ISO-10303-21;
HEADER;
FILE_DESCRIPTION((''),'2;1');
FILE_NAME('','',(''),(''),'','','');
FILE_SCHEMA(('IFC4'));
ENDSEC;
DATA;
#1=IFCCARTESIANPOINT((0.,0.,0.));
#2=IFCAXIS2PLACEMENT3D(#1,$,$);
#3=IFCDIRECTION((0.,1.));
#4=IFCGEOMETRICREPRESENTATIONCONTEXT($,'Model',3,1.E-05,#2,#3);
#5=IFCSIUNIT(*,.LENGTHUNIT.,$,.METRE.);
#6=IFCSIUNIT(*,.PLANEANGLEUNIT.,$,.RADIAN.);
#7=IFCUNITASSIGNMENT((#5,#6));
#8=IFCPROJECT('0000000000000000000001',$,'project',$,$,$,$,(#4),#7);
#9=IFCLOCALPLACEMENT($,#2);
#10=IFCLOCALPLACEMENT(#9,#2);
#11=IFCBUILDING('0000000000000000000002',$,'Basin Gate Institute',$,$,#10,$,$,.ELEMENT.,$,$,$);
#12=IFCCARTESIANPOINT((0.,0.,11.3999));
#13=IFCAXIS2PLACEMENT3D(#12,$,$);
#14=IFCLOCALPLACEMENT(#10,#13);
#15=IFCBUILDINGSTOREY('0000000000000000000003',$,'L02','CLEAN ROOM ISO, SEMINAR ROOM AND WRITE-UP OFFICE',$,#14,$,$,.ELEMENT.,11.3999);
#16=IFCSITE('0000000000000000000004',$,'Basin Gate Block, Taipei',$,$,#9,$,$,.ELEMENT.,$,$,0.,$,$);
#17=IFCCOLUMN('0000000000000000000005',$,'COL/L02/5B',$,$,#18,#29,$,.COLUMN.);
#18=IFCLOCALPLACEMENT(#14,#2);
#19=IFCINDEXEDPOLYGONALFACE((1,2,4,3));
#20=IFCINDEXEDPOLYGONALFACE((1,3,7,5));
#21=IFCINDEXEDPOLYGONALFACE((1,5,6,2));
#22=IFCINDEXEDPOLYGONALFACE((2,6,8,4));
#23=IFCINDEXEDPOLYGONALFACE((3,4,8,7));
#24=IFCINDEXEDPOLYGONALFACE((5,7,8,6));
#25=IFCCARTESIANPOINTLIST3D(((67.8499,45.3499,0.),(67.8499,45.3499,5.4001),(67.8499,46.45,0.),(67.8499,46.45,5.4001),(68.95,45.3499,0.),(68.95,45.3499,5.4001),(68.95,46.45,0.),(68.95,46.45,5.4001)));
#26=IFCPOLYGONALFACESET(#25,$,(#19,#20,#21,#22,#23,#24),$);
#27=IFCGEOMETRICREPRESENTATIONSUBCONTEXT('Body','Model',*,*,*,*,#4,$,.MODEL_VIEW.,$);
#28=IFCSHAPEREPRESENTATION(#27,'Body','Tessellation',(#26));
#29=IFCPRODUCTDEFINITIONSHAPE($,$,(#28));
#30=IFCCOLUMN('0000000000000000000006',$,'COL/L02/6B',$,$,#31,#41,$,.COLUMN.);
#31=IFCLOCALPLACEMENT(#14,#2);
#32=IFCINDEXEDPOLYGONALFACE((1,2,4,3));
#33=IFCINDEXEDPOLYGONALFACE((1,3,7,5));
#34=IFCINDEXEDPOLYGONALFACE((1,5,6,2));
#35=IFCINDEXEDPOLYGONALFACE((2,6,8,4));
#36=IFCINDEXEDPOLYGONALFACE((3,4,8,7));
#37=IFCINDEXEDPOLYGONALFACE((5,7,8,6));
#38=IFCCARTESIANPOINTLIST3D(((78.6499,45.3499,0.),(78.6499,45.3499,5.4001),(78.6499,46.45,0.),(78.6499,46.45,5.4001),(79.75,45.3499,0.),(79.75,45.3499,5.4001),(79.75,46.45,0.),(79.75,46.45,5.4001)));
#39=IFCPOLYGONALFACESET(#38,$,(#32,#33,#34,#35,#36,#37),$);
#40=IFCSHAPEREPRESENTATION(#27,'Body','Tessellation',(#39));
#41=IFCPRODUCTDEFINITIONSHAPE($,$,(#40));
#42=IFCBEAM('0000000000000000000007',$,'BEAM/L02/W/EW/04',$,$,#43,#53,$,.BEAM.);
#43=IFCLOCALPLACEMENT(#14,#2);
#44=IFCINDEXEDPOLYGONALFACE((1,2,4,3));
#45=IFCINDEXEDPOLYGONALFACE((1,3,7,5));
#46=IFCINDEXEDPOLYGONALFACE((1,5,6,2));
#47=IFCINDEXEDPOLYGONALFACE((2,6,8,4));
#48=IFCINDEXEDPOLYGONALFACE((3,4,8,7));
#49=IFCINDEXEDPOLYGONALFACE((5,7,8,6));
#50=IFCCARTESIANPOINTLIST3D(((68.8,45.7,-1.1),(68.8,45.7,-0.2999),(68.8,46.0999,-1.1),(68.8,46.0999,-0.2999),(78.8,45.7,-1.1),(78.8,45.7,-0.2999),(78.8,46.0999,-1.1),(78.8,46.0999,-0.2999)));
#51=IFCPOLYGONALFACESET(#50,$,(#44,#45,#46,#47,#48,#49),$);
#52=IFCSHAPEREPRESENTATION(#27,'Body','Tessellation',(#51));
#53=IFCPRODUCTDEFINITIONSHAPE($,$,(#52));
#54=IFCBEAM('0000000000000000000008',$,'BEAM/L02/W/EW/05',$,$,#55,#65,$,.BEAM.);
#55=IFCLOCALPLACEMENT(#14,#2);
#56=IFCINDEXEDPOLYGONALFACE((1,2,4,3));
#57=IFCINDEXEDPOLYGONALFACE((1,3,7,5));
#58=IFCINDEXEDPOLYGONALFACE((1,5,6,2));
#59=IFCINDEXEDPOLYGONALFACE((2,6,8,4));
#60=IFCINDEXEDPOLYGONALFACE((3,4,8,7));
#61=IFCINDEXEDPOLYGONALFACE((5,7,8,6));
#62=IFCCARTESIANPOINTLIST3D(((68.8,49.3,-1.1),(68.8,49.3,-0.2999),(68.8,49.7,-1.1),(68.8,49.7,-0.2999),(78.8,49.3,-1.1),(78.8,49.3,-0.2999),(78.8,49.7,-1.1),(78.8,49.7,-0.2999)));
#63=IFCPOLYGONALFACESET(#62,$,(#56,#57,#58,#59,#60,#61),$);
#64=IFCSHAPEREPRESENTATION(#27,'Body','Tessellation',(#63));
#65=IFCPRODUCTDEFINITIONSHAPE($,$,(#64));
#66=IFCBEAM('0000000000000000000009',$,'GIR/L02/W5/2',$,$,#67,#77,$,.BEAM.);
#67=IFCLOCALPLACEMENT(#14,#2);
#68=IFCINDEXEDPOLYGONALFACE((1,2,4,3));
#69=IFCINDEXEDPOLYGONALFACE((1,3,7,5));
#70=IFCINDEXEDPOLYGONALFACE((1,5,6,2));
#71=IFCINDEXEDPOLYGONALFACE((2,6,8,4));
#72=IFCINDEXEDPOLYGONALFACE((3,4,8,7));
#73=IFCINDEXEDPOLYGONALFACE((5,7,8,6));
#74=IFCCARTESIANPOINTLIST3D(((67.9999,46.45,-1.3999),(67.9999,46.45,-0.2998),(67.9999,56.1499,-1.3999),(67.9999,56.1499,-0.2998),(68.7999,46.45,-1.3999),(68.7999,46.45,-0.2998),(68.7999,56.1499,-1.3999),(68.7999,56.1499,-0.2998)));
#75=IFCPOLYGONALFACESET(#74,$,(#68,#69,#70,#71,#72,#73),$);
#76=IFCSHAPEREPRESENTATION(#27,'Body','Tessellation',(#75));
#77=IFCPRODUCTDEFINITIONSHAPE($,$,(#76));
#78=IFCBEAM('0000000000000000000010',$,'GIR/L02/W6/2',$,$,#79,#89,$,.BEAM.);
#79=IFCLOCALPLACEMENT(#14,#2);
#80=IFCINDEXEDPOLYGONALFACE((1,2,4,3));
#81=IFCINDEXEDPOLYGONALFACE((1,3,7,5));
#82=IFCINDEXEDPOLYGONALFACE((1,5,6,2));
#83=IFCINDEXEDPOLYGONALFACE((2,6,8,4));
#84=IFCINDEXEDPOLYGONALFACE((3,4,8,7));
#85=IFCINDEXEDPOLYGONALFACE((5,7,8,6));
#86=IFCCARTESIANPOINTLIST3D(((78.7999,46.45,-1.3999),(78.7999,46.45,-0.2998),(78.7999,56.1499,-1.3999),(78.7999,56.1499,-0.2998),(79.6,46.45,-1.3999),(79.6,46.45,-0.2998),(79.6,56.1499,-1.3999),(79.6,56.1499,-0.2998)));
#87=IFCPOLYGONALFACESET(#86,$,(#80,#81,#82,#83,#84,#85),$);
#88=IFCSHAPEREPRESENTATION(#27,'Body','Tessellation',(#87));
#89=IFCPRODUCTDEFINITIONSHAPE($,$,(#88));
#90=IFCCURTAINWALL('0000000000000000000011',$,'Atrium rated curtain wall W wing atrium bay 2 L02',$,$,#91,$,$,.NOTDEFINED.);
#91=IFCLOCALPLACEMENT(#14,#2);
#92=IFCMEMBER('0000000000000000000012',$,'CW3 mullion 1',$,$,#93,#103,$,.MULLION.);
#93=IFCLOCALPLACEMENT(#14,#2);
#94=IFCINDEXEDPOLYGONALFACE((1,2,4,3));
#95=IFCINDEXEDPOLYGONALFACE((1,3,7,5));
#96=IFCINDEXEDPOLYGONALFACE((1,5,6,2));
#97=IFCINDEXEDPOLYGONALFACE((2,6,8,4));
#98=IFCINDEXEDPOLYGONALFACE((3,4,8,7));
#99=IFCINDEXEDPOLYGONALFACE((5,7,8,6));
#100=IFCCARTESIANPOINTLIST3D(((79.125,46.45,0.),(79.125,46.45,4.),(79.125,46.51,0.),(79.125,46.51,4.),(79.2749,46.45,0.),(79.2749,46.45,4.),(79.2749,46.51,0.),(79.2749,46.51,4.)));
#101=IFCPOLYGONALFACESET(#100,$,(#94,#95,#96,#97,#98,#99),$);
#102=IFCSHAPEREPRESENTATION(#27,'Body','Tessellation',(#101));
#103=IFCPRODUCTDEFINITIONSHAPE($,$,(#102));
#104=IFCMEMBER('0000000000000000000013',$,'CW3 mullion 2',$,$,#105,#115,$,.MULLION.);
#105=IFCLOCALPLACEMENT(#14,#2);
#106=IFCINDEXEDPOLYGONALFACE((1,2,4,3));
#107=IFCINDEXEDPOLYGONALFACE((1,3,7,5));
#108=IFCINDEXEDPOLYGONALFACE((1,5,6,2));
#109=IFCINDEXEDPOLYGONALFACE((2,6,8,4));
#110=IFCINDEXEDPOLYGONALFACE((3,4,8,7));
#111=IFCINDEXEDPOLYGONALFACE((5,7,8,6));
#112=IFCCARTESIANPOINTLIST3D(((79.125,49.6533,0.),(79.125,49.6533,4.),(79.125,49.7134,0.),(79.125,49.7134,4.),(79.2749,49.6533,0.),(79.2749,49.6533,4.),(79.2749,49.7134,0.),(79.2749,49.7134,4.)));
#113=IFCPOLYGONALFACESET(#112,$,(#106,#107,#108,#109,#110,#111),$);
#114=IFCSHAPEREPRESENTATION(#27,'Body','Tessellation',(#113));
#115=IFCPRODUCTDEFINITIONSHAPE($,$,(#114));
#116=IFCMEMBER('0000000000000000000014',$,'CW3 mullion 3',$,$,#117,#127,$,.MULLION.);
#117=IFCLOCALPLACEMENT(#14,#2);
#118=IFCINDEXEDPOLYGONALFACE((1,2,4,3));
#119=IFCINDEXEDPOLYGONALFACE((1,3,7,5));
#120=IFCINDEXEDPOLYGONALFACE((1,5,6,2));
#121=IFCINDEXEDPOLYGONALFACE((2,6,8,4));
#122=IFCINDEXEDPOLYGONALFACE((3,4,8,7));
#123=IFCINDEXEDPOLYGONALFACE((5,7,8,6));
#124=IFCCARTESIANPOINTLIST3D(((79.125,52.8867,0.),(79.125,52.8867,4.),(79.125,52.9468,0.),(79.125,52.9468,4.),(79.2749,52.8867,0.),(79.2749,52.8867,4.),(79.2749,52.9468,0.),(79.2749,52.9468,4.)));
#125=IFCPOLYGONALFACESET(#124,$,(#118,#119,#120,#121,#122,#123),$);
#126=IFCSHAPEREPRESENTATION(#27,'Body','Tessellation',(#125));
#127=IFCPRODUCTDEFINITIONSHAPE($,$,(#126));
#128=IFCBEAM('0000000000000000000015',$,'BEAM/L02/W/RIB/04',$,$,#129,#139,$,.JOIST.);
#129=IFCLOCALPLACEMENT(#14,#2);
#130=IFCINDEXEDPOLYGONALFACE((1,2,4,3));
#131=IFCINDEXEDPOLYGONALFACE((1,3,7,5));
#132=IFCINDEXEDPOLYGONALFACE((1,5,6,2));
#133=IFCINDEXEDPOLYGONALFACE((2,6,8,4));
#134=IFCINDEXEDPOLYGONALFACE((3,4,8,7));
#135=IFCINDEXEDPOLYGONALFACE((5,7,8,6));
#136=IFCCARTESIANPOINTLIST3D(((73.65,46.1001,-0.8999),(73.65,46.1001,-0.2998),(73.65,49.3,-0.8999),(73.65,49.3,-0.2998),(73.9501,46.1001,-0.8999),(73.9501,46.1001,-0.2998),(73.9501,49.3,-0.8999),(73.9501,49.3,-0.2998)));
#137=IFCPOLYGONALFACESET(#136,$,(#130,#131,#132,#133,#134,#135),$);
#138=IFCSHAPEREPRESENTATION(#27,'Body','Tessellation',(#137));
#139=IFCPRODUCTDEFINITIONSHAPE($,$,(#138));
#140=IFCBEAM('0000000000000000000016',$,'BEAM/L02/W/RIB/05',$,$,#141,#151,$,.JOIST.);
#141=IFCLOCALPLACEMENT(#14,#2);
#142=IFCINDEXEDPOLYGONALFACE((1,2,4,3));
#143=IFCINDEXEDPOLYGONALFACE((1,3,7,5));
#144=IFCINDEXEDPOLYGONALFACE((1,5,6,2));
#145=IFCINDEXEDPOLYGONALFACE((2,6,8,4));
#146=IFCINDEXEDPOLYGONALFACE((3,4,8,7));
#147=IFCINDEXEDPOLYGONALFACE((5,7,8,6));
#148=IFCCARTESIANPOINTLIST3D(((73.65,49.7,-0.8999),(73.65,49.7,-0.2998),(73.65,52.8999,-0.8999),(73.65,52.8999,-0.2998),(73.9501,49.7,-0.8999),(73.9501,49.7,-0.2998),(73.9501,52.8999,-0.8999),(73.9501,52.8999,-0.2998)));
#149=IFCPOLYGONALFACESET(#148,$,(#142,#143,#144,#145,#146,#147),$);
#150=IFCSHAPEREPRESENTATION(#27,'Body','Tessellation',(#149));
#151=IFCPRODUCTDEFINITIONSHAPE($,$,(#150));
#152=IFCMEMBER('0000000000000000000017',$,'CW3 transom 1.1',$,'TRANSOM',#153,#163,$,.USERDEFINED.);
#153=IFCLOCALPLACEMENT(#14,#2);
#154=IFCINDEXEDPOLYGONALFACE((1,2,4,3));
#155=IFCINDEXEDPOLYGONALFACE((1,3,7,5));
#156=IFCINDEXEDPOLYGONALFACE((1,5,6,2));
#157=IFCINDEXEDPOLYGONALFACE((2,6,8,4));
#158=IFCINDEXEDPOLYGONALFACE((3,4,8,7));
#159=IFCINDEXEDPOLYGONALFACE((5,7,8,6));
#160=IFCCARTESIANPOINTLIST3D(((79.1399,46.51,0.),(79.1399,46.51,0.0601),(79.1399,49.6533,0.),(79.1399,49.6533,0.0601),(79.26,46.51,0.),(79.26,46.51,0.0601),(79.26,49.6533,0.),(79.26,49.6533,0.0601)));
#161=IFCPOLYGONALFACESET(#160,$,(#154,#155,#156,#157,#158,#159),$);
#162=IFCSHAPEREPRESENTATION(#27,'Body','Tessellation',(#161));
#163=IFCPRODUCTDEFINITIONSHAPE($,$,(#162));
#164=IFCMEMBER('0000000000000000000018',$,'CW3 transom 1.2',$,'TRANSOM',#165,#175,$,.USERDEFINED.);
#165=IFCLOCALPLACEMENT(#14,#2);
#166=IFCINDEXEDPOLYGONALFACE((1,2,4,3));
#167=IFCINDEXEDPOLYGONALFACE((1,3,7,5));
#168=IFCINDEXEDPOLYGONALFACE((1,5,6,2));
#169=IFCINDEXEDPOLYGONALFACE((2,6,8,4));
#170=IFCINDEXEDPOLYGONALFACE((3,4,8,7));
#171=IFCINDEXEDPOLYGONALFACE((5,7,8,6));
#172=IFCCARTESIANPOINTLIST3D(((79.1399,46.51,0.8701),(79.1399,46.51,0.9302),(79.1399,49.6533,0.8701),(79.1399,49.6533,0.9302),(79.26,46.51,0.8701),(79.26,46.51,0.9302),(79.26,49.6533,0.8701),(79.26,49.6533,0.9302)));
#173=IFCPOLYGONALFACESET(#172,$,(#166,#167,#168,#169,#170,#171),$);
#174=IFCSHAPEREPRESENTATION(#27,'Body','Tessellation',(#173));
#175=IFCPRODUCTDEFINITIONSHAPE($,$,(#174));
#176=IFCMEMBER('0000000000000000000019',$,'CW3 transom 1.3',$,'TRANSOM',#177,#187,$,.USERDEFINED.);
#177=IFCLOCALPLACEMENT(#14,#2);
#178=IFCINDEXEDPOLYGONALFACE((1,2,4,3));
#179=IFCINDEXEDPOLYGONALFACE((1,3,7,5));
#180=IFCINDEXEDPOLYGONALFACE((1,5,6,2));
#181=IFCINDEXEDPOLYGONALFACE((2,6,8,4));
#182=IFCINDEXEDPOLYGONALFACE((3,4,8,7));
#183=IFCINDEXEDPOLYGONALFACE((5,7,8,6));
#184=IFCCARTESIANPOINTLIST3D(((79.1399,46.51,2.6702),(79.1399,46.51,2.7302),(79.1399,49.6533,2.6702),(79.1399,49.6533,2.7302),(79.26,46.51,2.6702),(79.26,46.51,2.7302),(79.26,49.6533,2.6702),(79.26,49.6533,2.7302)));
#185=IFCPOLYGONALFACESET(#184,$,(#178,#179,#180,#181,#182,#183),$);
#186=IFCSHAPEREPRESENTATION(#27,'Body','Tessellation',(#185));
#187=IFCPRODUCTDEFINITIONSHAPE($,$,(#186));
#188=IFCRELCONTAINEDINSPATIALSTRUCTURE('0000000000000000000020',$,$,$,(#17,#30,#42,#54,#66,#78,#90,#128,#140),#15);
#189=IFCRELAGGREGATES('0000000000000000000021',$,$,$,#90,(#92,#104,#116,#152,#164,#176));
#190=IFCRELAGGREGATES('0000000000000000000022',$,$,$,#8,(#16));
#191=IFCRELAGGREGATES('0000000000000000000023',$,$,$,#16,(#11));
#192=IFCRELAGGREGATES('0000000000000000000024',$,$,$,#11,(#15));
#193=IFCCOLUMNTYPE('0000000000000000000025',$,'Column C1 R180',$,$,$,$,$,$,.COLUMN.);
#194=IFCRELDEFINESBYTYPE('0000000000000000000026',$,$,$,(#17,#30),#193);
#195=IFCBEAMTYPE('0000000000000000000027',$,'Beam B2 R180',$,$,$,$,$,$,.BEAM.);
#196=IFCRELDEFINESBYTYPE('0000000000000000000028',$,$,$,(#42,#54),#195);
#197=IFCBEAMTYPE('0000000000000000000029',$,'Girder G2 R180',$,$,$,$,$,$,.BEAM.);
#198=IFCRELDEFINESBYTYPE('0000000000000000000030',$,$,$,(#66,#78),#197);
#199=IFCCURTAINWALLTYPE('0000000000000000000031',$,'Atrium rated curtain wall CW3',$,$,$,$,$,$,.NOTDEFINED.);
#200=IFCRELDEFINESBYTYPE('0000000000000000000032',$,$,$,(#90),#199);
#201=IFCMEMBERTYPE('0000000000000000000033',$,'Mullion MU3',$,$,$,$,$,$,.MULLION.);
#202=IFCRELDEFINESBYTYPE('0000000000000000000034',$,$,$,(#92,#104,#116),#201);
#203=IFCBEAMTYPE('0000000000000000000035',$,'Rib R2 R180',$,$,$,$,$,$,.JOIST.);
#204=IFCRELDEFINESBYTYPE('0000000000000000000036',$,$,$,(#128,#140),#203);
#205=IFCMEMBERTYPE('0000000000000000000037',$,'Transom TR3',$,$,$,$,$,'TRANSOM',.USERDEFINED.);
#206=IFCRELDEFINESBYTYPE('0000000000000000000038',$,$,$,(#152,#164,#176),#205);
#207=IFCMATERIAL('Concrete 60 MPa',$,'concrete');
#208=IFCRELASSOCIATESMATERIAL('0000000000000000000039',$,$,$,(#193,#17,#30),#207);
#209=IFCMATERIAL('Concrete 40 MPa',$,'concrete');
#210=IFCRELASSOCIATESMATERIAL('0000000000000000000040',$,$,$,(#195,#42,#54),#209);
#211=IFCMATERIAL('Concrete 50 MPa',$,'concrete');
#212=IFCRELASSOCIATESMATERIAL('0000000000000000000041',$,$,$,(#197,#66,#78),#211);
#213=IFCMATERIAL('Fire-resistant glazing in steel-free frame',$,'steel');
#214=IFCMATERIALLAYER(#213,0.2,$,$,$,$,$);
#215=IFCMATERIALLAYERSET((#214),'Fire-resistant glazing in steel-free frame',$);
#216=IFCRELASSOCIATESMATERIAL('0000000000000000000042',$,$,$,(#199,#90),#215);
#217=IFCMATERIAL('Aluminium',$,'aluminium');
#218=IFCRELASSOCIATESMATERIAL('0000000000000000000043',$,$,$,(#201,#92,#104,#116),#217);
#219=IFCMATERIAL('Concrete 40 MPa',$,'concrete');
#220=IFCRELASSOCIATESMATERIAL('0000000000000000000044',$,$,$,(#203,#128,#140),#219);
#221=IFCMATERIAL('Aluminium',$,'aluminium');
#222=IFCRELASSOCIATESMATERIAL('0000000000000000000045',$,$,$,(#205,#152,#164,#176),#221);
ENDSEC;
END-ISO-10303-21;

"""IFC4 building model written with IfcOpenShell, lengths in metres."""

from ifc_helpers import new_model, si_unit, direction, frame, origin, origin_2d, place, context, subcontext, project, spatial, rectangle, extrude, material, layer, layer_set, material_profile, profile_set, type_object, element, aggregate, save


model = new_model("IFC4")

# Units and contexts
model_context = context("Model", 3, precision=1e-05, world=origin(), true_north=direction((0.0, 1.0)))
body_context = subcontext(model_context, "Body", "Model", "MODEL_VIEW")
ifc_project = project(units=[si_unit("LENGTHUNIT", "METRE"), si_unit("PLANEANGLEUNIT", "RADIAN")], contexts=[model_context])

# Site, building, storey
site_placement = place(None, origin())
site = spatial("IfcSite", under=ifc_project, at=site_placement, Name="Basin Gate Block, Taipei", CompositionType="ELEMENT", RefElevation=0.0)
building_placement = place(site_placement, origin())
building = spatial("IfcBuilding", under=site, at=building_placement, Name="Basin Gate Institute", CompositionType="ELEMENT")
storey_placement = place(building_placement, frame((0.0, 0.0, 11.3999)))
storey = spatial("IfcBuildingStorey", under=building, at=storey_placement, Name="L02", Description="CLEAN ROOM ISO, SEMINAR ROOM AND WRITE-UP OFFICE", CompositionType="ELEMENT", Elevation=11.3999)

# Columns
ifc_material_1 = material(Name="Concrete 60 MPa", Category="concrete")
ifc_material_profile_1 = material_profile(ifc_material_1, rectangle(XDim=1.1001, YDim=1.1001, at=origin_2d()), Name="Column C1 1100 x 1100")
ifc_profile_set_1 = profile_set([ifc_material_profile_1], Name="Concrete 60 MPa")
column_type = type_object("IfcColumnType", Name="Column C1 R180", PredefinedType="COLUMN", material=ifc_profile_set_1)
for number, where, z_axis, x_axis, name in (
    (1, (68.3999, 45.8999, 0.0), (0.0, 0.0, 1.0), (1.0, 0.0, 0.0), "COL/L02/5B"),
    (2, (79.2, 45.8999, 0.0), (0.0, 0.0, 1.0), (1.0, 0.0, 0.0), "COL/L02/6B"),
):
    element("IfcColumn", number, at=place(storey_placement, frame(where, z_axis=z_axis, x_axis=x_axis)), inside=storey, type_object=column_type, material=ifc_profile_set_1, Name=name, PredefinedType="COLUMN", context=body_context, shape_type="SweptSolid", body=[
        extrude(rectangle(XDim=1.1001, YDim=1.1001, at=origin_2d()), origin(), (0.0, 0.0, 1.0), 5.4001),
    ])

# Beams
ifc_material_2 = material(Name="Concrete 40 MPa", Category="concrete")
ifc_material_profile_2 = material_profile(ifc_material_2, rectangle(XDim=0.3999, YDim=0.8, at=origin_2d()), Name="Beam B2 400 x 800")
ifc_profile_set_2 = profile_set([ifc_material_profile_2], Name="Concrete 40 MPa")
beam_type_1 = type_object("IfcBeamType", Name="Beam B2 R180", PredefinedType="BEAM", material=ifc_profile_set_2)
for number, where, z_axis, x_axis, name in (
    (3, (68.8, 45.8999, -0.7), (1.0, 0.0, 0.0), (0.0, 1.0, 0.0), "BEAM/L02/W/EW/04"),
    (4, (68.8, 49.5, -0.7), (1.0, 0.0, 0.0), (0.0, 1.0, 0.0), "BEAM/L02/W/EW/05"),
):
    element("IfcBeam", number, at=place(storey_placement, frame(where, z_axis=z_axis, x_axis=x_axis)), inside=storey, type_object=beam_type_1, material=ifc_profile_set_2, Name=name, PredefinedType="BEAM", context=body_context, shape_type="SweptSolid", body=[
        extrude(rectangle(XDim=0.3999, YDim=0.8, at=origin_2d()), origin(), (0.0, 0.0, 1.0), 10.0),
    ])
ifc_material_3 = material(Name="Concrete 50 MPa", Category="concrete")
ifc_material_profile_3 = material_profile(ifc_material_3, rectangle(XDim=0.8, YDim=1.1001, at=origin_2d()), Name="Girder G2 800 x 1100")
ifc_profile_set_3 = profile_set([ifc_material_profile_3], Name="Concrete 50 MPa")
beam_type_2 = type_object("IfcBeamType", Name="Girder G2 R180", PredefinedType="BEAM", material=ifc_profile_set_3)
for number, where, z_axis, x_axis, name in (
    (5, (68.3999, 46.45, -0.8499), (0.0, 1.0, 0.0), (-1.0, 0.0, 0.0), "GIR/L02/W5/2"),
    (6, (79.2, 46.45, -0.8499), (0.0, 1.0, 0.0), (-1.0, 0.0, 0.0), "GIR/L02/W6/2"),
):
    element("IfcBeam", number, at=place(storey_placement, frame(where, z_axis=z_axis, x_axis=x_axis)), inside=storey, type_object=beam_type_2, material=ifc_profile_set_3, Name=name, PredefinedType="BEAM", context=body_context, shape_type="SweptSolid", body=[
        extrude(rectangle(XDim=0.8, YDim=1.1001, at=origin_2d()), origin(), (0.0, 0.0, 1.0), 9.7),
    ])

# Curtain wall, members
ifc_material_4 = material(Name="Fire-resistant glazing in steel-free frame", Category="steel")
ifc_layer_1 = layer(ifc_material_4, 0.2)
ifc_layer_set_1 = layer_set([ifc_layer_1], Name="Fire-resistant glazing in steel-free frame")
curtain_wall_type = type_object("IfcCurtainWallType", Name="Atrium rated curtain wall CW3", PredefinedType="NOTDEFINED", material=ifc_layer_set_1)
curtain_wall_placement = place(storey_placement, origin())
curtain_wall = element("IfcCurtainWall", 7, at=curtain_wall_placement, inside=storey, type_object=curtain_wall_type, material=ifc_layer_set_1, Name="Atrium rated curtain wall W wing atrium bay 2 L02", PredefinedType="NOTDEFINED")
ifc_material_5 = material(Name="Aluminium", Category="aluminium")
ifc_material_profile_4 = material_profile(ifc_material_5, rectangle(XDim=0.1499, YDim=0.0601, at=origin_2d()), Name="Mullion MU3 150 x 60")
ifc_profile_set_4 = profile_set([ifc_material_profile_4], Name="Aluminium")
member_type_1 = type_object("IfcMemberType", Name="Mullion MU3", PredefinedType="MULLION", material=ifc_profile_set_4)
member_1_placement = place(storey_placement, frame((79.2, 46.48, 0.0), z_axis=(0.0, 0.0, 1.0), x_axis=(-1.0, 0.0, 0.0)))
member_1 = element("IfcMember", 8, at=member_1_placement, type_object=member_type_1, material=ifc_profile_set_4, Name="CW3 mullion 1", PredefinedType="MULLION", context=body_context, shape_type="SweptSolid", body=[
    extrude(rectangle(XDim=0.1499, YDim=0.0601, at=origin_2d()), origin(), (0.0, 0.0, 1.0), 4.0),
])
member_2_placement = place(storey_placement, frame((79.2, 49.6833, 0.0), z_axis=(0.0, 0.0, 1.0), x_axis=(-1.0, 0.0, 0.0)))
member_2 = element("IfcMember", 9, at=member_2_placement, type_object=member_type_1, material=ifc_profile_set_4, Name="CW3 mullion 2", PredefinedType="MULLION", context=body_context, shape_type="SweptSolid", body=[
    extrude(rectangle(XDim=0.1499, YDim=0.0601, at=origin_2d()), origin(), (0.0, 0.0, 1.0), 4.0),
])
member_3_placement = place(storey_placement, frame((79.2, 52.9167, 0.0), z_axis=(0.0, 0.0, 1.0), x_axis=(-1.0, 0.0, 0.0)))
member_3 = element("IfcMember", 10, at=member_3_placement, type_object=member_type_1, material=ifc_profile_set_4, Name="CW3 mullion 3", PredefinedType="MULLION", context=body_context, shape_type="SweptSolid", body=[
    extrude(rectangle(XDim=0.1499, YDim=0.0601, at=origin_2d()), origin(), (0.0, 0.0, 1.0), 4.0),
])

# Beams
ifc_material_6 = material(Name="Concrete 40 MPa", Category="concrete")
ifc_material_profile_5 = material_profile(ifc_material_6, rectangle(XDim=0.3, YDim=0.6001, at=origin_2d()), Name="Rib R2 300 x 600")
ifc_profile_set_5 = profile_set([ifc_material_profile_5], Name="Concrete 40 MPa")
beam_type_3 = type_object("IfcBeamType", Name="Rib R2 R180", PredefinedType="JOIST", material=ifc_profile_set_5)
for number, where, z_axis, x_axis, name in (
    (11, (73.8, 46.1001, -0.5999), (0.0, 1.0, 0.0), (-1.0, 0.0, 0.0), "BEAM/L02/W/RIB/04"),
    (12, (73.8, 49.7, -0.5999), (0.0, 1.0, 0.0), (-1.0, 0.0, 0.0), "BEAM/L02/W/RIB/05"),
):
    element("IfcBeam", number, at=place(storey_placement, frame(where, z_axis=z_axis, x_axis=x_axis)), inside=storey, type_object=beam_type_3, material=ifc_profile_set_5, Name=name, PredefinedType="JOIST", context=body_context, shape_type="SweptSolid", body=[
        extrude(rectangle(XDim=0.3, YDim=0.6001, at=origin_2d()), origin(), (0.0, 0.0, 1.0), 3.2),
    ])

# Members
ifc_material_7 = material(Name="Aluminium", Category="aluminium")
ifc_material_profile_6 = material_profile(ifc_material_7, rectangle(XDim=0.1201, YDim=0.0601, at=origin_2d()), Name="Transom TR3 120 x 60")
ifc_profile_set_6 = profile_set([ifc_material_profile_6], Name="Aluminium")
member_type_2 = type_object("IfcMemberType", Name="Transom TR3", ElementType="TRANSOM", PredefinedType="USERDEFINED", material=ifc_profile_set_6)
member_4_placement = place(storey_placement, frame((79.2, 46.51, 0.03), z_axis=(0.0, 1.0, 0.0), x_axis=(-1.0, 0.0, 0.0)))
member_4 = element("IfcMember", 13, at=member_4_placement, type_object=member_type_2, material=ifc_profile_set_6, Name="CW3 transom 1.1", ObjectType="TRANSOM", PredefinedType="USERDEFINED", context=body_context, shape_type="SweptSolid", body=[
    extrude(rectangle(XDim=0.1201, YDim=0.0601, at=origin_2d()), origin(), (0.0, 0.0, 1.0), 3.1433),
])
member_5_placement = place(storey_placement, frame((79.2, 46.51, 0.9001), z_axis=(0.0, 1.0, 0.0), x_axis=(-1.0, 0.0, 0.0)))
member_5 = element("IfcMember", 14, at=member_5_placement, type_object=member_type_2, material=ifc_profile_set_6, Name="CW3 transom 1.2", ObjectType="TRANSOM", PredefinedType="USERDEFINED", context=body_context, shape_type="SweptSolid", body=[
    extrude(rectangle(XDim=0.1201, YDim=0.0601, at=origin_2d()), origin(), (0.0, 0.0, 1.0), 3.1433),
])
member_6_placement = place(storey_placement, frame((79.2, 46.51, 2.7002), z_axis=(0.0, 1.0, 0.0), x_axis=(-1.0, 0.0, 0.0)))
member_6 = element("IfcMember", 15, at=member_6_placement, type_object=member_type_2, material=ifc_profile_set_6, Name="CW3 transom 1.3", ObjectType="TRANSOM", PredefinedType="USERDEFINED", context=body_context, shape_type="SweptSolid", body=[
    extrude(rectangle(XDim=0.1201, YDim=0.0601, at=origin_2d()), origin(), (0.0, 0.0, 1.0), 3.1433),
])

aggregate(curtain_wall, [member_1, member_2, member_3, member_4, member_5, member_6])

save(model, "model.ifc")
